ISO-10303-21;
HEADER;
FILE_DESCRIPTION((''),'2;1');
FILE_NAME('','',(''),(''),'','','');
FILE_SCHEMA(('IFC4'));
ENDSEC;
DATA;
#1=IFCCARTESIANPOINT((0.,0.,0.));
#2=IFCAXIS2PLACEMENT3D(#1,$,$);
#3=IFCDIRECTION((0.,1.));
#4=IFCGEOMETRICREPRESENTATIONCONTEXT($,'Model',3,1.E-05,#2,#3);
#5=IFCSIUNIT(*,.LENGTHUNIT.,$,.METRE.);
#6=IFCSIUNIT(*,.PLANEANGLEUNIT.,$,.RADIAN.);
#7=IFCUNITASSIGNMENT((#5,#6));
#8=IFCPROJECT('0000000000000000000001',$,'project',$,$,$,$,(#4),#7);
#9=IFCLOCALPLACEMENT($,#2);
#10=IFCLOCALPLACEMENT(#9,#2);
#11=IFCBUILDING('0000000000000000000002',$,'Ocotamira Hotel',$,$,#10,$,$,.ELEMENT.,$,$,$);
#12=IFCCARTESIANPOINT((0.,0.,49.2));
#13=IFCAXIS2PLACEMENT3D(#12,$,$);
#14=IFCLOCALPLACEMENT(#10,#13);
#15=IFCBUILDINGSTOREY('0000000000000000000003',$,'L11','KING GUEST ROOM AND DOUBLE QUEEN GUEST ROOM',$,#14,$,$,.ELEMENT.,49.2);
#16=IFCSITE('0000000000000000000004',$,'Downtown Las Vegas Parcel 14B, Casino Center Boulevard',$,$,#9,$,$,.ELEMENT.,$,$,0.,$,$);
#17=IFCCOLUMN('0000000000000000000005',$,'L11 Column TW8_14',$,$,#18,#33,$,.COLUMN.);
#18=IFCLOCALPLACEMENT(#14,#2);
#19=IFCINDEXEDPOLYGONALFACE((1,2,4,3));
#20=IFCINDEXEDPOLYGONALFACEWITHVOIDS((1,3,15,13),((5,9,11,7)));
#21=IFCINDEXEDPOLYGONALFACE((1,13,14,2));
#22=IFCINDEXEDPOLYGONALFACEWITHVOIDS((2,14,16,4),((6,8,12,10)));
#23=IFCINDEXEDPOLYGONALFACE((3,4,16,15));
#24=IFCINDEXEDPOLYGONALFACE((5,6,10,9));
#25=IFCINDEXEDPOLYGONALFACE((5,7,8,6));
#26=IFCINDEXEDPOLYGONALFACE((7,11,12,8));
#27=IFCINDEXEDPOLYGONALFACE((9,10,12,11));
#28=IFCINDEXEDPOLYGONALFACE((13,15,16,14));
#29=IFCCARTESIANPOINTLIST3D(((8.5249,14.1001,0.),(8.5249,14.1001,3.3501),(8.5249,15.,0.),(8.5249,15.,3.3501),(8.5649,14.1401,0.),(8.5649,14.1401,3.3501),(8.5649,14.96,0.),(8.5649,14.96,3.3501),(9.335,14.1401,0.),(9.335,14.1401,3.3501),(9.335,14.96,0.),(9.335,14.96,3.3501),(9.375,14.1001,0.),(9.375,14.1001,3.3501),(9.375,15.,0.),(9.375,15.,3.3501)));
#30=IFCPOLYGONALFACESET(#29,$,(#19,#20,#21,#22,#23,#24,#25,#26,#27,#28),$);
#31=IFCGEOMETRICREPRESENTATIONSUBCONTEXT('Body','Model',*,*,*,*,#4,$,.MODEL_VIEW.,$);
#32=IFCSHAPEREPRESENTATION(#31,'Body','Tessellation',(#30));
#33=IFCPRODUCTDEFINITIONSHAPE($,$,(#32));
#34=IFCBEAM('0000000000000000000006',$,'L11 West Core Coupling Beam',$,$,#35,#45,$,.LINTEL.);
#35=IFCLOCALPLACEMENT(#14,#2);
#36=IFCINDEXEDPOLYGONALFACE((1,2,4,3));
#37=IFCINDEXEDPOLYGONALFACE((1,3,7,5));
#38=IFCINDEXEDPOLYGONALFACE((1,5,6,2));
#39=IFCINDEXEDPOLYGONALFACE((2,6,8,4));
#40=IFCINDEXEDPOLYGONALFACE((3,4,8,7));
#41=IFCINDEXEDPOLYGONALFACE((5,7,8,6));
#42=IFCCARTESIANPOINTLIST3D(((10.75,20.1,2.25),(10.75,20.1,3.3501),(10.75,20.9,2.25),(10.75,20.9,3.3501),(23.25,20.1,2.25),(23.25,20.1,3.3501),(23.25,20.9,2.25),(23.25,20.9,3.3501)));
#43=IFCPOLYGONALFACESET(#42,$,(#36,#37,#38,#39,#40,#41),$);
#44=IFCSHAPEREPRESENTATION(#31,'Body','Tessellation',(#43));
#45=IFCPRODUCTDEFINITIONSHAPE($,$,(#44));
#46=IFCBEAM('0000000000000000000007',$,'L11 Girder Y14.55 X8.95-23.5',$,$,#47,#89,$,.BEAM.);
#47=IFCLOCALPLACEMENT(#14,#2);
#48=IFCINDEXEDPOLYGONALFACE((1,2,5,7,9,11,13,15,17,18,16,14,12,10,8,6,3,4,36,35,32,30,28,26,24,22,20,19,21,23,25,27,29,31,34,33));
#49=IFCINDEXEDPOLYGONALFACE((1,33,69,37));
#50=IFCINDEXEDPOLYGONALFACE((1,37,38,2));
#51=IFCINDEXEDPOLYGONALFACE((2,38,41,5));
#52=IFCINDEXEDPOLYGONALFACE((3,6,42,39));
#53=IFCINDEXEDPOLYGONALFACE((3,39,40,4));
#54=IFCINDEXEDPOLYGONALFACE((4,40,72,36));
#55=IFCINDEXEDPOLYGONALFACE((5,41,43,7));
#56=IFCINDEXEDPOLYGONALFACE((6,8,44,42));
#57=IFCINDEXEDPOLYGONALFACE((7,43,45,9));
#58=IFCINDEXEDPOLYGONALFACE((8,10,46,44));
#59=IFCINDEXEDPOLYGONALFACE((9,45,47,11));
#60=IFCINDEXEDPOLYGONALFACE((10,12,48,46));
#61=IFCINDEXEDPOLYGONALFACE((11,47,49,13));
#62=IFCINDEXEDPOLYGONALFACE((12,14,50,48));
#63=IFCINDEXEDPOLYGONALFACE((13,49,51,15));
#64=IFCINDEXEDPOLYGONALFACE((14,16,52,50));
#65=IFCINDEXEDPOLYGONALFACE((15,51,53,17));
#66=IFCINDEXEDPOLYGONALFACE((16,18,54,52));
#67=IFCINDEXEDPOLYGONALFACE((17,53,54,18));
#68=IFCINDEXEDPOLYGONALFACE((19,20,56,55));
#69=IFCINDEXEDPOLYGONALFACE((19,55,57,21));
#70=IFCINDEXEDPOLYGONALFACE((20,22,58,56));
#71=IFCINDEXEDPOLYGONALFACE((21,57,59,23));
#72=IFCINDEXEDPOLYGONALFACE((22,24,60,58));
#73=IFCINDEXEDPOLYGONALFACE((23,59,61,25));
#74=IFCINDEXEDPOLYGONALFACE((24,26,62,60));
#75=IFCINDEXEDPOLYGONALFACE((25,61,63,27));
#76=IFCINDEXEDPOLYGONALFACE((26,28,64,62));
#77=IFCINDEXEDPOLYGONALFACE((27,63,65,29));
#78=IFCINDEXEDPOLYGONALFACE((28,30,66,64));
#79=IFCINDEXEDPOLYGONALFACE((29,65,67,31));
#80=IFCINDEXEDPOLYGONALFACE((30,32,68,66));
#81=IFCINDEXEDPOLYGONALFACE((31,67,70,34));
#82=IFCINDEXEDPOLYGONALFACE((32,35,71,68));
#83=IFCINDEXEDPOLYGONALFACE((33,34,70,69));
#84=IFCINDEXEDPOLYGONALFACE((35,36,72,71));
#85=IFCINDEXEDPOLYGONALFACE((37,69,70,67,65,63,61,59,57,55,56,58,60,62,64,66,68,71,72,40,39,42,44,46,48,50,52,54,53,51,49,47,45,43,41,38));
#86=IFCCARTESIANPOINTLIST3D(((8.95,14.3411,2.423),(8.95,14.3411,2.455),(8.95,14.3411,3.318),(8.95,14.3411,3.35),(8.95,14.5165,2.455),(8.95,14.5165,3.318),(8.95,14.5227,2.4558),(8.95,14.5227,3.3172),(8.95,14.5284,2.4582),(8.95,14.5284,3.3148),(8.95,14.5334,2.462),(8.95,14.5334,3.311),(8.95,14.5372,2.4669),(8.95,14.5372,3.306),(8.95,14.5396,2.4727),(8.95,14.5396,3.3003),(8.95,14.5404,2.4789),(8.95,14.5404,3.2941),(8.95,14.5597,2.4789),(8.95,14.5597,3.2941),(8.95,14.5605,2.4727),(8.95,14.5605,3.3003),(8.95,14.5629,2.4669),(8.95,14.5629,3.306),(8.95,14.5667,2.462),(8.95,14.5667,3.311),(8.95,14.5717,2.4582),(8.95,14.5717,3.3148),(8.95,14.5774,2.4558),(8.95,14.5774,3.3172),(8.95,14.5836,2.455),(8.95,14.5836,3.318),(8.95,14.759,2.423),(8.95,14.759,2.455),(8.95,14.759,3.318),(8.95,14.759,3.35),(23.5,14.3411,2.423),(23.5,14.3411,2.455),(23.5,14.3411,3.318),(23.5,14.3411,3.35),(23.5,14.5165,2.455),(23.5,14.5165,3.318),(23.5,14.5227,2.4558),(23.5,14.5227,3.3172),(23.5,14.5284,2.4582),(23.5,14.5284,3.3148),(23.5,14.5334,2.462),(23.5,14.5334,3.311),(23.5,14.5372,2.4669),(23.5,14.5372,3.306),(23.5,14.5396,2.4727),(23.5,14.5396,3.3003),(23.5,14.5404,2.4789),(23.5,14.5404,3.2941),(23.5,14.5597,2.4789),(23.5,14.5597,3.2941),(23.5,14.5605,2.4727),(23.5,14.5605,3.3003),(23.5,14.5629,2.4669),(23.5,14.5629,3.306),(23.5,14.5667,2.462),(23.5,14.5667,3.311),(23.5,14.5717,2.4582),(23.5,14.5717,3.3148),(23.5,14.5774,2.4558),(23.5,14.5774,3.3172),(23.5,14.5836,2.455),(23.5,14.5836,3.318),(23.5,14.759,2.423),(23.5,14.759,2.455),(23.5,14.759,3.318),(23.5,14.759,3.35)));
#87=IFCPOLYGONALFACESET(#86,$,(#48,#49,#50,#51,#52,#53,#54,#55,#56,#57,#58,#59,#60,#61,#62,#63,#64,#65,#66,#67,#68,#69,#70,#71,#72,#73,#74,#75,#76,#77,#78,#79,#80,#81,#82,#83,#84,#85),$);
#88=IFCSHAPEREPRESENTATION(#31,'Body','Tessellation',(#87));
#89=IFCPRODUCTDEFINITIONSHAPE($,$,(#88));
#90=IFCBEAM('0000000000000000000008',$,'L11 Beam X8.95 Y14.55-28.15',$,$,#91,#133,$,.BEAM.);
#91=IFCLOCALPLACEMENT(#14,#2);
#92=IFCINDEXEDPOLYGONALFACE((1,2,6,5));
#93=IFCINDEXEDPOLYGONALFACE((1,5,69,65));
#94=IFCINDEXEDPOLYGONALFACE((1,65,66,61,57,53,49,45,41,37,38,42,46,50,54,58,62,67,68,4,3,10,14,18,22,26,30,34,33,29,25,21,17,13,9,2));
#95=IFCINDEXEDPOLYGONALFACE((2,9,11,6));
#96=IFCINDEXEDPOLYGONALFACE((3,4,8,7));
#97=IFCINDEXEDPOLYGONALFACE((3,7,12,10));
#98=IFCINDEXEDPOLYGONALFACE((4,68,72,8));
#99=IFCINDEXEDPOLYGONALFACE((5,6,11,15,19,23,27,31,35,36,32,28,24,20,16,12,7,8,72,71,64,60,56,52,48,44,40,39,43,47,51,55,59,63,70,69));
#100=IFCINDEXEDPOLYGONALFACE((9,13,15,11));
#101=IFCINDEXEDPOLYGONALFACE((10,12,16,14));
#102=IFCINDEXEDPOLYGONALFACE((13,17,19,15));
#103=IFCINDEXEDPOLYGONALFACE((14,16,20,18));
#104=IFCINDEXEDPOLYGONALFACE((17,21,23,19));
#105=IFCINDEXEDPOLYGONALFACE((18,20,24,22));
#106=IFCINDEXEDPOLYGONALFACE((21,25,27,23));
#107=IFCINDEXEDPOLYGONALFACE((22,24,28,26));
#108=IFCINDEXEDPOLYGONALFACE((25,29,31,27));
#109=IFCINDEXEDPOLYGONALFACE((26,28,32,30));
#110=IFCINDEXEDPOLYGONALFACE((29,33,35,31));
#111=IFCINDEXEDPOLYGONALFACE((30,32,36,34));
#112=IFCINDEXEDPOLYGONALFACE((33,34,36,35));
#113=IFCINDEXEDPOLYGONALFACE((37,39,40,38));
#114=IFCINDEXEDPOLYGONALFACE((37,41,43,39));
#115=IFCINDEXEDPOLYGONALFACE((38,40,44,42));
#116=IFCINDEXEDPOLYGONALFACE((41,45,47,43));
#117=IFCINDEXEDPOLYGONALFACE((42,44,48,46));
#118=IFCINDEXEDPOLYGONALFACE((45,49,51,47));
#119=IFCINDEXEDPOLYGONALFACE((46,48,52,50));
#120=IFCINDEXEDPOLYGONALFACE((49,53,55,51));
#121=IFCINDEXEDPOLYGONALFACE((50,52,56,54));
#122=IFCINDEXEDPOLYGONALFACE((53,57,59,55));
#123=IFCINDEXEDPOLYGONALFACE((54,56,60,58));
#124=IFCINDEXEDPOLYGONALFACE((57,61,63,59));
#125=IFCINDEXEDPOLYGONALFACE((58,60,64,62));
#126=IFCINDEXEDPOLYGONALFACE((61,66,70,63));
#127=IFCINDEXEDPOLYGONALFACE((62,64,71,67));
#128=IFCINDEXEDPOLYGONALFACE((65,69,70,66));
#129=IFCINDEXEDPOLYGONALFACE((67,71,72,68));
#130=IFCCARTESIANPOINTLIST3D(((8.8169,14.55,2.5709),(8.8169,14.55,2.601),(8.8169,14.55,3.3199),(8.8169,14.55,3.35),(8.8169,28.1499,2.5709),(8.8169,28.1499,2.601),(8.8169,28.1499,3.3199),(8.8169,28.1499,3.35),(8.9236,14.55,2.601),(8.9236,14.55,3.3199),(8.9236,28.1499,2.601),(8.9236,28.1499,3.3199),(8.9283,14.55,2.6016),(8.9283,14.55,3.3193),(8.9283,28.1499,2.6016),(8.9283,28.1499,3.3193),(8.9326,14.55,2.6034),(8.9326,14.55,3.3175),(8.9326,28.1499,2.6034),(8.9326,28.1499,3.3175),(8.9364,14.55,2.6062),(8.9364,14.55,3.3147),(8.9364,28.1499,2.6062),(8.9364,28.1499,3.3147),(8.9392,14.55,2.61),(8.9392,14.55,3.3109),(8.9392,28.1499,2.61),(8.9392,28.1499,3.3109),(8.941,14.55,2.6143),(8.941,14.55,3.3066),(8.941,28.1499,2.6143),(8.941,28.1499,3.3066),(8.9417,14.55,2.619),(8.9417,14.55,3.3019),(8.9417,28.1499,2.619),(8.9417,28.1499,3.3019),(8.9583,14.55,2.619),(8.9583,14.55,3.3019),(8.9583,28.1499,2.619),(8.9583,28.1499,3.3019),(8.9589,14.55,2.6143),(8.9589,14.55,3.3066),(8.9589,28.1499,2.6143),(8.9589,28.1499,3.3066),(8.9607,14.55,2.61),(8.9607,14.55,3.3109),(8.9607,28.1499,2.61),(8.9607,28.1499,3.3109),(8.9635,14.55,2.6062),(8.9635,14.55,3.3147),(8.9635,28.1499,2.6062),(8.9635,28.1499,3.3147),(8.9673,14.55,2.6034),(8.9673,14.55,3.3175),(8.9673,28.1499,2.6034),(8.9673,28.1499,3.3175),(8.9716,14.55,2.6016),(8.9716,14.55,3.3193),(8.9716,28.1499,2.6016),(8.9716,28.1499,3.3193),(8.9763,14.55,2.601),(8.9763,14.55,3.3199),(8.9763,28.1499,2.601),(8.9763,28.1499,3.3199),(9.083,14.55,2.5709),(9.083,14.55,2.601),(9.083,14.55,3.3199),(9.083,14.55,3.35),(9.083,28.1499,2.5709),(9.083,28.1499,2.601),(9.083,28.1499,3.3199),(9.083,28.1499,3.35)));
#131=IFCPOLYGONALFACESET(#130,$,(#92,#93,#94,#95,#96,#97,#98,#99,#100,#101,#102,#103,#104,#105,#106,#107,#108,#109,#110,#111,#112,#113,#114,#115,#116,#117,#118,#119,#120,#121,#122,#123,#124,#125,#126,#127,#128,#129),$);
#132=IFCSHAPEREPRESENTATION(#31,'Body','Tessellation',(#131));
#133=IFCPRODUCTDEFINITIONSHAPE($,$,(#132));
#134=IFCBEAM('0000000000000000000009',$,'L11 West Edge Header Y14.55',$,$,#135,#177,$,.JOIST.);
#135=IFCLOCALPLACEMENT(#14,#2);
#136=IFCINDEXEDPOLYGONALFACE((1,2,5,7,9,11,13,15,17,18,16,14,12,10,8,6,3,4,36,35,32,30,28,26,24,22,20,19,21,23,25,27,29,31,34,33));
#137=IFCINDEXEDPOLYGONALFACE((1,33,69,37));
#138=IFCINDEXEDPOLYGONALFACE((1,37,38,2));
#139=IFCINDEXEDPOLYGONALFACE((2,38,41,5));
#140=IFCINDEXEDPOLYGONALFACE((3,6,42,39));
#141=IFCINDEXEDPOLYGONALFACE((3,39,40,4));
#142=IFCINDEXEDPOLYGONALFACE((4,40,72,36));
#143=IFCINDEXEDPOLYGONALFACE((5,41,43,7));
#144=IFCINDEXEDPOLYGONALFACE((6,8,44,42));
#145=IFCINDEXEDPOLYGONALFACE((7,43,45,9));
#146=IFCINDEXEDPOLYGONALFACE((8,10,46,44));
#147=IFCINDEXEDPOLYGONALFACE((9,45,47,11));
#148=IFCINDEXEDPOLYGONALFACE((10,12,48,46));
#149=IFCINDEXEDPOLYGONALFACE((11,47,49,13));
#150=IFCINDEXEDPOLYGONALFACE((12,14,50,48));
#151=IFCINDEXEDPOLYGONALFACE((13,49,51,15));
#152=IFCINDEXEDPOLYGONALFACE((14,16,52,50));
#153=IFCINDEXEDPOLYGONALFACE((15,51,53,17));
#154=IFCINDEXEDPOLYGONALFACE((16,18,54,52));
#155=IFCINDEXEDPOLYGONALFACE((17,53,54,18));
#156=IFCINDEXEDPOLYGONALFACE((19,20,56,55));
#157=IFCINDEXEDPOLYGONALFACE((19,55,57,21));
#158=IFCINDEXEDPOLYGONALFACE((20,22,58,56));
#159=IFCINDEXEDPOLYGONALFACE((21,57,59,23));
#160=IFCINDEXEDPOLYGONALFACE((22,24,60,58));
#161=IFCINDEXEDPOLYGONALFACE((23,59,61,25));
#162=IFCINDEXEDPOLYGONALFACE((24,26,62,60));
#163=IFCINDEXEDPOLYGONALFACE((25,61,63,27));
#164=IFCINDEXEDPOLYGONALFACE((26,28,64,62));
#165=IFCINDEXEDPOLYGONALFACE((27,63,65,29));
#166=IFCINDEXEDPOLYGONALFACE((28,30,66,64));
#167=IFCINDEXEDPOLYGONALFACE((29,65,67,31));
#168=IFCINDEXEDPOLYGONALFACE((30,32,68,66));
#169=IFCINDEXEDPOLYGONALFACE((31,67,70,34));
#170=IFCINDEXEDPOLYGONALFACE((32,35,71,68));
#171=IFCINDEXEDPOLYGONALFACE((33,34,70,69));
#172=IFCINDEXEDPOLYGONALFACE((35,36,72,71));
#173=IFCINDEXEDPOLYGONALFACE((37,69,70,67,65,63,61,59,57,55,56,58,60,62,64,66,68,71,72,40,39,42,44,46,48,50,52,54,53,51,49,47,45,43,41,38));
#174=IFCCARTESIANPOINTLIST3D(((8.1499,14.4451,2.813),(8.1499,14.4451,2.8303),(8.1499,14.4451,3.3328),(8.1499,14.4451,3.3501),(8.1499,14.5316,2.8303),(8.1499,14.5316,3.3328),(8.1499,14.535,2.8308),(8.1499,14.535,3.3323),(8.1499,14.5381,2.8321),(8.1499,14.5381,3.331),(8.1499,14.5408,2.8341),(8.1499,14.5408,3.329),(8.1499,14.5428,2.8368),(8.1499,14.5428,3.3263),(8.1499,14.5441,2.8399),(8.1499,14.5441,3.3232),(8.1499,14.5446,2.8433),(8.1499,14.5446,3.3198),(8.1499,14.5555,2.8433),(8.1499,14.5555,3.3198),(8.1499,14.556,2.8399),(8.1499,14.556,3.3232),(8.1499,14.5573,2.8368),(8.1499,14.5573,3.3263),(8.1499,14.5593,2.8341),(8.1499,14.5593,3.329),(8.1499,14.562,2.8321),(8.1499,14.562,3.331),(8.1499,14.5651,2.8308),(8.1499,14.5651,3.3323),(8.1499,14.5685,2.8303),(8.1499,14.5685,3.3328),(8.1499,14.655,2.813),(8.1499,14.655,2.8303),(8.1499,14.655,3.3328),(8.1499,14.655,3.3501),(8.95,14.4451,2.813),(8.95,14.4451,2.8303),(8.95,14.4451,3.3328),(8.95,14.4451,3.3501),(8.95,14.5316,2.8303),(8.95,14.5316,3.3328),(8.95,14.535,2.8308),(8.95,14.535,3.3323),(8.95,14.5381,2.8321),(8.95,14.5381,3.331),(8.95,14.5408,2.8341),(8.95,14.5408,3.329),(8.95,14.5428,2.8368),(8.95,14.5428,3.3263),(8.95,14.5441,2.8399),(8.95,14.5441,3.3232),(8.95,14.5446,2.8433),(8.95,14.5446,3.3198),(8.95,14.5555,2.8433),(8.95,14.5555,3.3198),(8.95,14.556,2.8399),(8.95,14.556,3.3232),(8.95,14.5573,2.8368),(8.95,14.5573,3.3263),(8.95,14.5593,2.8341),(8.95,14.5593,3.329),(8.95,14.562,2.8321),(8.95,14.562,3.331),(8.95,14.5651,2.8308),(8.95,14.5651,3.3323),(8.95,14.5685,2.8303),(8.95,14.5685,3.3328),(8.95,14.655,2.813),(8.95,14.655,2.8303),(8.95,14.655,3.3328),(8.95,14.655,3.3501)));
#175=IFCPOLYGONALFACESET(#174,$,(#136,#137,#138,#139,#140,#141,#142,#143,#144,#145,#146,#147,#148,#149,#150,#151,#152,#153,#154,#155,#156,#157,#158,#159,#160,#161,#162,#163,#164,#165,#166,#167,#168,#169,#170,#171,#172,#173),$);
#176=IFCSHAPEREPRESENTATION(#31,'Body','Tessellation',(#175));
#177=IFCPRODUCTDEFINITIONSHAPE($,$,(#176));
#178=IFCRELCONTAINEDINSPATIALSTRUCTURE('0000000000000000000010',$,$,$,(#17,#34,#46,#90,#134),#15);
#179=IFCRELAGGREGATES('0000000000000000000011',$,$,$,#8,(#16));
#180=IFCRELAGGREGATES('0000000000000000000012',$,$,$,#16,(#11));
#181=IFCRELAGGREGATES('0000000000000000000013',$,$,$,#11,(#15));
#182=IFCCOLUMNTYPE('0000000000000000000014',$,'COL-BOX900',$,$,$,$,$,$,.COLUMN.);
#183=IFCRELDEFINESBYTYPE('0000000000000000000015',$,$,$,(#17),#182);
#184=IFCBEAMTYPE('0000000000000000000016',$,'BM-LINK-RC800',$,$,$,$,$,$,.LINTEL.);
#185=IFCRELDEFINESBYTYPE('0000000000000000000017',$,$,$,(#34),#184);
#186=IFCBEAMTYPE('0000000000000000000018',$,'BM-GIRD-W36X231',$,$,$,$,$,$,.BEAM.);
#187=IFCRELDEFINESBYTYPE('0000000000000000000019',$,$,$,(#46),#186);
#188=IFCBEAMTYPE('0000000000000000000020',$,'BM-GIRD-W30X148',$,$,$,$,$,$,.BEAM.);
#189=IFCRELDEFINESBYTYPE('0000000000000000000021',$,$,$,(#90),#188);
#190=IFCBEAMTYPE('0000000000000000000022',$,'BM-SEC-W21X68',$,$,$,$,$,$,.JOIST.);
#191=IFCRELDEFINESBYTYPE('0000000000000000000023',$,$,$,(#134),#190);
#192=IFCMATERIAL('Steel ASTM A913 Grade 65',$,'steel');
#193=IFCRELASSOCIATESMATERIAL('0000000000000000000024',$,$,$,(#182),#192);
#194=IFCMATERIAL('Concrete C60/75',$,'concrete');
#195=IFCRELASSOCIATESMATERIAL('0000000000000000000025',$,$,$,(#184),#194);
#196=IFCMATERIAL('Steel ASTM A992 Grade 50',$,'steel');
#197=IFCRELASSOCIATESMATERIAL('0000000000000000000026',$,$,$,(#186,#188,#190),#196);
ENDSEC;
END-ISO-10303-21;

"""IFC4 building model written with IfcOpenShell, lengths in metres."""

from ifc_helpers import new_model, si_unit, direction, frame, origin, origin_2d, place, context, subcontext, project, spatial, rectangle, hollow_rectangle, i_section, extrude, source, transform, mapped, material, material_profile, profile_set, type_object, element, save


model = new_model("IFC4")

# Units and contexts
model_context = context("Model", 3, precision=1e-05, world=origin(), true_north=direction((0.0, 1.0)))
body_context = subcontext(model_context, "Body", "Model", "MODEL_VIEW")
ifc_project = project(units=[si_unit("LENGTHUNIT", "METRE"), si_unit("PLANEANGLEUNIT", "RADIAN")], contexts=[model_context])

# Site, building, storey
site_placement = place(None, origin())
site = spatial("IfcSite", under=ifc_project, at=site_placement, Name="Downtown Las Vegas Parcel 14B, Casino Center Boulevard", CompositionType="ELEMENT", RefElevation=0.0)
building_placement = place(site_placement, origin())
building = spatial("IfcBuilding", under=site, at=building_placement, Name="Ocotamira Hotel", CompositionType="ELEMENT")
storey_placement = place(building_placement, frame((0.0, 0.0, 49.2)))
storey = spatial("IfcBuildingStorey", under=building, at=storey_placement, Name="L11", Description="KING GUEST ROOM AND DOUBLE QUEEN GUEST ROOM", CompositionType="ELEMENT", Elevation=49.2)

# Column
ifc_material_1 = material(Name="Steel ASTM A913 Grade 65", Category="steel")
ifc_material_profile_1 = material_profile(ifc_material_1, hollow_rectangle(XDim=0.8501, YDim=0.8999, WallThickness=0.04, at=origin_2d()), Name="BOX900X850X40")
ifc_profile_set_1 = profile_set([ifc_material_profile_1], Name="Steel ASTM A913 Grade 65")
column_type = type_object("IfcColumnType", Name="COL-BOX900", PredefinedType="COLUMN", material=ifc_profile_set_1)
shared_shape_1 = source(origin(), body_context, "Body", "SweptSolid", [
    extrude(hollow_rectangle(XDim=0.8501, YDim=0.8999, WallThickness=0.04, at=origin_2d()), origin(), (0.0, 0.0, 1.0), 3.3501),
])
column_placement = place(storey_placement, frame((8.95, 14.55, 0.0), z_axis=(0.0, 0.0, 1.0), x_axis=(1.0, 0.0, 0.0)))
element("IfcColumn", 1, at=column_placement, inside=storey, type_object=column_type, Name="L11 Column TW8_14", PredefinedType="COLUMN", context=body_context, shape_type="MappedRepresentation", body=[
    mapped(shared_shape_1, transform((0.0, 0.0, 0.0), scale=1.0)),
])

# Beams
ifc_material_2 = material(Name="Concrete C60/75", Category="concrete")
ifc_material_profile_2 = material_profile(ifc_material_2, rectangle(XDim=0.8, YDim=1.1001, at=origin_2d()), Name="RC800X1100")
ifc_profile_set_2 = profile_set([ifc_material_profile_2], Name="Concrete C60/75")
beam_type_1 = type_object("IfcBeamType", Name="BM-LINK-RC800", PredefinedType="LINTEL", material=ifc_profile_set_2)
shared_shape_2 = source(origin(), body_context, "Body", "SweptSolid", [
    extrude(rectangle(XDim=0.8, YDim=1.1001, at=origin_2d()), origin(), (0.0, 0.0, 1.0), 12.5),
])
beam_1_placement = place(storey_placement, frame((10.75, 20.5, 2.8), z_axis=(1.0, 0.0, 0.0), x_axis=(0.0, 1.0, 0.0)))
element("IfcBeam", 2, at=beam_1_placement, inside=storey, type_object=beam_type_1, Name="L11 West Core Coupling Beam", PredefinedType="LINTEL", context=body_context, shape_type="MappedRepresentation", body=[
    mapped(shared_shape_2, transform((0.0, 0.0, 0.0), scale=1.0)),
])
ifc_material_3 = material(Name="Steel ASTM A992 Grade 50", Category="steel")
ifc_material_profile_3 = material_profile(ifc_material_3, i_section(OverallWidth=0.418, OverallDepth=0.927, WebThickness=0.0193, FlangeThickness=0.032, FilletRadius=0.0239, at=origin_2d()), Name="W36X231")
ifc_profile_set_3 = profile_set([ifc_material_profile_3], Name="Steel ASTM A992 Grade 50")
beam_type_2 = type_object("IfcBeamType", Name="BM-GIRD-W36X231", PredefinedType="BEAM", material=ifc_profile_set_3)
shared_shape_3 = source(origin(), body_context, "Body", "SweptSolid", [
    extrude(i_section(OverallWidth=0.418, OverallDepth=0.927, WebThickness=0.0193, FlangeThickness=0.032, FilletRadius=0.0239, at=origin_2d()), origin(), (0.0, 0.0, 1.0), 14.55),
])
beam_2_placement = place(storey_placement, frame((8.95, 14.55, 2.8865), z_axis=(1.0, 0.0, 0.0), x_axis=(0.0, 1.0, 0.0)))
element("IfcBeam", 3, at=beam_2_placement, inside=storey, type_object=beam_type_2, Name="L11 Girder Y14.55 X8.95-23.5", PredefinedType="BEAM", context=body_context, shape_type="MappedRepresentation", body=[
    mapped(shared_shape_3, transform((0.0, 0.0, 0.0), scale=1.0)),
])
ifc_material_profile_4 = material_profile(ifc_material_3, i_section(OverallWidth=0.2661, OverallDepth=0.7791, WebThickness=0.0166, FlangeThickness=0.03, FilletRadius=0.0181, at=origin_2d()), Name="W30X148")
ifc_profile_set_4 = profile_set([ifc_material_profile_4], Name="Steel ASTM A992 Grade 50")
beam_type_3 = type_object("IfcBeamType", Name="BM-GIRD-W30X148", PredefinedType="BEAM", material=ifc_profile_set_4)
shared_shape_4 = source(origin(), body_context, "Body", "SweptSolid", [
    extrude(i_section(OverallWidth=0.2661, OverallDepth=0.7791, WebThickness=0.0166, FlangeThickness=0.03, FilletRadius=0.0181, at=origin_2d()), origin(), (0.0, 0.0, 1.0), 13.5999),
])
beam_3_placement = place(storey_placement, frame((8.95, 14.55, 2.9604), z_axis=(0.0, 1.0, 0.0), x_axis=(-1.0, 0.0, 0.0)))
element("IfcBeam", 4, at=beam_3_placement, inside=storey, type_object=beam_type_3, Name="L11 Beam X8.95 Y14.55-28.15", PredefinedType="BEAM", context=body_context, shape_type="MappedRepresentation", body=[
    mapped(shared_shape_4, transform((0.0, 0.0, 0.0), scale=1.0)),
])
ifc_material_profile_5 = material_profile(ifc_material_3, i_section(OverallWidth=0.21, OverallDepth=0.5371, WebThickness=0.011, FlangeThickness=0.0173, FilletRadius=0.0129, at=origin_2d()), Name="W21X68")
ifc_profile_set_5 = profile_set([ifc_material_profile_5], Name="Steel ASTM A992 Grade 50")
beam_type_4 = type_object("IfcBeamType", Name="BM-SEC-W21X68", PredefinedType="JOIST", material=ifc_profile_set_5)
shared_shape_5 = source(origin(), body_context, "Body", "SweptSolid", [
    extrude(i_section(OverallWidth=0.21, OverallDepth=0.5371, WebThickness=0.011, FlangeThickness=0.0173, FilletRadius=0.0129, at=origin_2d()), origin(), (0.0, 0.0, 1.0), 0.8),
])
beam_4_placement = place(storey_placement, frame((8.95, 14.55, 3.0815), z_axis=(-1.0, 0.0, 0.0), x_axis=(0.0, -1.0, 0.0)))
element("IfcBeam", 5, at=beam_4_placement, inside=storey, type_object=beam_type_4, Name="L11 West Edge Header Y14.55", PredefinedType="JOIST", context=body_context, shape_type="MappedRepresentation", body=[
    mapped(shared_shape_5, transform((0.0, 0.0, 0.0), scale=1.0)),
])

save(model, "model.ifc")
